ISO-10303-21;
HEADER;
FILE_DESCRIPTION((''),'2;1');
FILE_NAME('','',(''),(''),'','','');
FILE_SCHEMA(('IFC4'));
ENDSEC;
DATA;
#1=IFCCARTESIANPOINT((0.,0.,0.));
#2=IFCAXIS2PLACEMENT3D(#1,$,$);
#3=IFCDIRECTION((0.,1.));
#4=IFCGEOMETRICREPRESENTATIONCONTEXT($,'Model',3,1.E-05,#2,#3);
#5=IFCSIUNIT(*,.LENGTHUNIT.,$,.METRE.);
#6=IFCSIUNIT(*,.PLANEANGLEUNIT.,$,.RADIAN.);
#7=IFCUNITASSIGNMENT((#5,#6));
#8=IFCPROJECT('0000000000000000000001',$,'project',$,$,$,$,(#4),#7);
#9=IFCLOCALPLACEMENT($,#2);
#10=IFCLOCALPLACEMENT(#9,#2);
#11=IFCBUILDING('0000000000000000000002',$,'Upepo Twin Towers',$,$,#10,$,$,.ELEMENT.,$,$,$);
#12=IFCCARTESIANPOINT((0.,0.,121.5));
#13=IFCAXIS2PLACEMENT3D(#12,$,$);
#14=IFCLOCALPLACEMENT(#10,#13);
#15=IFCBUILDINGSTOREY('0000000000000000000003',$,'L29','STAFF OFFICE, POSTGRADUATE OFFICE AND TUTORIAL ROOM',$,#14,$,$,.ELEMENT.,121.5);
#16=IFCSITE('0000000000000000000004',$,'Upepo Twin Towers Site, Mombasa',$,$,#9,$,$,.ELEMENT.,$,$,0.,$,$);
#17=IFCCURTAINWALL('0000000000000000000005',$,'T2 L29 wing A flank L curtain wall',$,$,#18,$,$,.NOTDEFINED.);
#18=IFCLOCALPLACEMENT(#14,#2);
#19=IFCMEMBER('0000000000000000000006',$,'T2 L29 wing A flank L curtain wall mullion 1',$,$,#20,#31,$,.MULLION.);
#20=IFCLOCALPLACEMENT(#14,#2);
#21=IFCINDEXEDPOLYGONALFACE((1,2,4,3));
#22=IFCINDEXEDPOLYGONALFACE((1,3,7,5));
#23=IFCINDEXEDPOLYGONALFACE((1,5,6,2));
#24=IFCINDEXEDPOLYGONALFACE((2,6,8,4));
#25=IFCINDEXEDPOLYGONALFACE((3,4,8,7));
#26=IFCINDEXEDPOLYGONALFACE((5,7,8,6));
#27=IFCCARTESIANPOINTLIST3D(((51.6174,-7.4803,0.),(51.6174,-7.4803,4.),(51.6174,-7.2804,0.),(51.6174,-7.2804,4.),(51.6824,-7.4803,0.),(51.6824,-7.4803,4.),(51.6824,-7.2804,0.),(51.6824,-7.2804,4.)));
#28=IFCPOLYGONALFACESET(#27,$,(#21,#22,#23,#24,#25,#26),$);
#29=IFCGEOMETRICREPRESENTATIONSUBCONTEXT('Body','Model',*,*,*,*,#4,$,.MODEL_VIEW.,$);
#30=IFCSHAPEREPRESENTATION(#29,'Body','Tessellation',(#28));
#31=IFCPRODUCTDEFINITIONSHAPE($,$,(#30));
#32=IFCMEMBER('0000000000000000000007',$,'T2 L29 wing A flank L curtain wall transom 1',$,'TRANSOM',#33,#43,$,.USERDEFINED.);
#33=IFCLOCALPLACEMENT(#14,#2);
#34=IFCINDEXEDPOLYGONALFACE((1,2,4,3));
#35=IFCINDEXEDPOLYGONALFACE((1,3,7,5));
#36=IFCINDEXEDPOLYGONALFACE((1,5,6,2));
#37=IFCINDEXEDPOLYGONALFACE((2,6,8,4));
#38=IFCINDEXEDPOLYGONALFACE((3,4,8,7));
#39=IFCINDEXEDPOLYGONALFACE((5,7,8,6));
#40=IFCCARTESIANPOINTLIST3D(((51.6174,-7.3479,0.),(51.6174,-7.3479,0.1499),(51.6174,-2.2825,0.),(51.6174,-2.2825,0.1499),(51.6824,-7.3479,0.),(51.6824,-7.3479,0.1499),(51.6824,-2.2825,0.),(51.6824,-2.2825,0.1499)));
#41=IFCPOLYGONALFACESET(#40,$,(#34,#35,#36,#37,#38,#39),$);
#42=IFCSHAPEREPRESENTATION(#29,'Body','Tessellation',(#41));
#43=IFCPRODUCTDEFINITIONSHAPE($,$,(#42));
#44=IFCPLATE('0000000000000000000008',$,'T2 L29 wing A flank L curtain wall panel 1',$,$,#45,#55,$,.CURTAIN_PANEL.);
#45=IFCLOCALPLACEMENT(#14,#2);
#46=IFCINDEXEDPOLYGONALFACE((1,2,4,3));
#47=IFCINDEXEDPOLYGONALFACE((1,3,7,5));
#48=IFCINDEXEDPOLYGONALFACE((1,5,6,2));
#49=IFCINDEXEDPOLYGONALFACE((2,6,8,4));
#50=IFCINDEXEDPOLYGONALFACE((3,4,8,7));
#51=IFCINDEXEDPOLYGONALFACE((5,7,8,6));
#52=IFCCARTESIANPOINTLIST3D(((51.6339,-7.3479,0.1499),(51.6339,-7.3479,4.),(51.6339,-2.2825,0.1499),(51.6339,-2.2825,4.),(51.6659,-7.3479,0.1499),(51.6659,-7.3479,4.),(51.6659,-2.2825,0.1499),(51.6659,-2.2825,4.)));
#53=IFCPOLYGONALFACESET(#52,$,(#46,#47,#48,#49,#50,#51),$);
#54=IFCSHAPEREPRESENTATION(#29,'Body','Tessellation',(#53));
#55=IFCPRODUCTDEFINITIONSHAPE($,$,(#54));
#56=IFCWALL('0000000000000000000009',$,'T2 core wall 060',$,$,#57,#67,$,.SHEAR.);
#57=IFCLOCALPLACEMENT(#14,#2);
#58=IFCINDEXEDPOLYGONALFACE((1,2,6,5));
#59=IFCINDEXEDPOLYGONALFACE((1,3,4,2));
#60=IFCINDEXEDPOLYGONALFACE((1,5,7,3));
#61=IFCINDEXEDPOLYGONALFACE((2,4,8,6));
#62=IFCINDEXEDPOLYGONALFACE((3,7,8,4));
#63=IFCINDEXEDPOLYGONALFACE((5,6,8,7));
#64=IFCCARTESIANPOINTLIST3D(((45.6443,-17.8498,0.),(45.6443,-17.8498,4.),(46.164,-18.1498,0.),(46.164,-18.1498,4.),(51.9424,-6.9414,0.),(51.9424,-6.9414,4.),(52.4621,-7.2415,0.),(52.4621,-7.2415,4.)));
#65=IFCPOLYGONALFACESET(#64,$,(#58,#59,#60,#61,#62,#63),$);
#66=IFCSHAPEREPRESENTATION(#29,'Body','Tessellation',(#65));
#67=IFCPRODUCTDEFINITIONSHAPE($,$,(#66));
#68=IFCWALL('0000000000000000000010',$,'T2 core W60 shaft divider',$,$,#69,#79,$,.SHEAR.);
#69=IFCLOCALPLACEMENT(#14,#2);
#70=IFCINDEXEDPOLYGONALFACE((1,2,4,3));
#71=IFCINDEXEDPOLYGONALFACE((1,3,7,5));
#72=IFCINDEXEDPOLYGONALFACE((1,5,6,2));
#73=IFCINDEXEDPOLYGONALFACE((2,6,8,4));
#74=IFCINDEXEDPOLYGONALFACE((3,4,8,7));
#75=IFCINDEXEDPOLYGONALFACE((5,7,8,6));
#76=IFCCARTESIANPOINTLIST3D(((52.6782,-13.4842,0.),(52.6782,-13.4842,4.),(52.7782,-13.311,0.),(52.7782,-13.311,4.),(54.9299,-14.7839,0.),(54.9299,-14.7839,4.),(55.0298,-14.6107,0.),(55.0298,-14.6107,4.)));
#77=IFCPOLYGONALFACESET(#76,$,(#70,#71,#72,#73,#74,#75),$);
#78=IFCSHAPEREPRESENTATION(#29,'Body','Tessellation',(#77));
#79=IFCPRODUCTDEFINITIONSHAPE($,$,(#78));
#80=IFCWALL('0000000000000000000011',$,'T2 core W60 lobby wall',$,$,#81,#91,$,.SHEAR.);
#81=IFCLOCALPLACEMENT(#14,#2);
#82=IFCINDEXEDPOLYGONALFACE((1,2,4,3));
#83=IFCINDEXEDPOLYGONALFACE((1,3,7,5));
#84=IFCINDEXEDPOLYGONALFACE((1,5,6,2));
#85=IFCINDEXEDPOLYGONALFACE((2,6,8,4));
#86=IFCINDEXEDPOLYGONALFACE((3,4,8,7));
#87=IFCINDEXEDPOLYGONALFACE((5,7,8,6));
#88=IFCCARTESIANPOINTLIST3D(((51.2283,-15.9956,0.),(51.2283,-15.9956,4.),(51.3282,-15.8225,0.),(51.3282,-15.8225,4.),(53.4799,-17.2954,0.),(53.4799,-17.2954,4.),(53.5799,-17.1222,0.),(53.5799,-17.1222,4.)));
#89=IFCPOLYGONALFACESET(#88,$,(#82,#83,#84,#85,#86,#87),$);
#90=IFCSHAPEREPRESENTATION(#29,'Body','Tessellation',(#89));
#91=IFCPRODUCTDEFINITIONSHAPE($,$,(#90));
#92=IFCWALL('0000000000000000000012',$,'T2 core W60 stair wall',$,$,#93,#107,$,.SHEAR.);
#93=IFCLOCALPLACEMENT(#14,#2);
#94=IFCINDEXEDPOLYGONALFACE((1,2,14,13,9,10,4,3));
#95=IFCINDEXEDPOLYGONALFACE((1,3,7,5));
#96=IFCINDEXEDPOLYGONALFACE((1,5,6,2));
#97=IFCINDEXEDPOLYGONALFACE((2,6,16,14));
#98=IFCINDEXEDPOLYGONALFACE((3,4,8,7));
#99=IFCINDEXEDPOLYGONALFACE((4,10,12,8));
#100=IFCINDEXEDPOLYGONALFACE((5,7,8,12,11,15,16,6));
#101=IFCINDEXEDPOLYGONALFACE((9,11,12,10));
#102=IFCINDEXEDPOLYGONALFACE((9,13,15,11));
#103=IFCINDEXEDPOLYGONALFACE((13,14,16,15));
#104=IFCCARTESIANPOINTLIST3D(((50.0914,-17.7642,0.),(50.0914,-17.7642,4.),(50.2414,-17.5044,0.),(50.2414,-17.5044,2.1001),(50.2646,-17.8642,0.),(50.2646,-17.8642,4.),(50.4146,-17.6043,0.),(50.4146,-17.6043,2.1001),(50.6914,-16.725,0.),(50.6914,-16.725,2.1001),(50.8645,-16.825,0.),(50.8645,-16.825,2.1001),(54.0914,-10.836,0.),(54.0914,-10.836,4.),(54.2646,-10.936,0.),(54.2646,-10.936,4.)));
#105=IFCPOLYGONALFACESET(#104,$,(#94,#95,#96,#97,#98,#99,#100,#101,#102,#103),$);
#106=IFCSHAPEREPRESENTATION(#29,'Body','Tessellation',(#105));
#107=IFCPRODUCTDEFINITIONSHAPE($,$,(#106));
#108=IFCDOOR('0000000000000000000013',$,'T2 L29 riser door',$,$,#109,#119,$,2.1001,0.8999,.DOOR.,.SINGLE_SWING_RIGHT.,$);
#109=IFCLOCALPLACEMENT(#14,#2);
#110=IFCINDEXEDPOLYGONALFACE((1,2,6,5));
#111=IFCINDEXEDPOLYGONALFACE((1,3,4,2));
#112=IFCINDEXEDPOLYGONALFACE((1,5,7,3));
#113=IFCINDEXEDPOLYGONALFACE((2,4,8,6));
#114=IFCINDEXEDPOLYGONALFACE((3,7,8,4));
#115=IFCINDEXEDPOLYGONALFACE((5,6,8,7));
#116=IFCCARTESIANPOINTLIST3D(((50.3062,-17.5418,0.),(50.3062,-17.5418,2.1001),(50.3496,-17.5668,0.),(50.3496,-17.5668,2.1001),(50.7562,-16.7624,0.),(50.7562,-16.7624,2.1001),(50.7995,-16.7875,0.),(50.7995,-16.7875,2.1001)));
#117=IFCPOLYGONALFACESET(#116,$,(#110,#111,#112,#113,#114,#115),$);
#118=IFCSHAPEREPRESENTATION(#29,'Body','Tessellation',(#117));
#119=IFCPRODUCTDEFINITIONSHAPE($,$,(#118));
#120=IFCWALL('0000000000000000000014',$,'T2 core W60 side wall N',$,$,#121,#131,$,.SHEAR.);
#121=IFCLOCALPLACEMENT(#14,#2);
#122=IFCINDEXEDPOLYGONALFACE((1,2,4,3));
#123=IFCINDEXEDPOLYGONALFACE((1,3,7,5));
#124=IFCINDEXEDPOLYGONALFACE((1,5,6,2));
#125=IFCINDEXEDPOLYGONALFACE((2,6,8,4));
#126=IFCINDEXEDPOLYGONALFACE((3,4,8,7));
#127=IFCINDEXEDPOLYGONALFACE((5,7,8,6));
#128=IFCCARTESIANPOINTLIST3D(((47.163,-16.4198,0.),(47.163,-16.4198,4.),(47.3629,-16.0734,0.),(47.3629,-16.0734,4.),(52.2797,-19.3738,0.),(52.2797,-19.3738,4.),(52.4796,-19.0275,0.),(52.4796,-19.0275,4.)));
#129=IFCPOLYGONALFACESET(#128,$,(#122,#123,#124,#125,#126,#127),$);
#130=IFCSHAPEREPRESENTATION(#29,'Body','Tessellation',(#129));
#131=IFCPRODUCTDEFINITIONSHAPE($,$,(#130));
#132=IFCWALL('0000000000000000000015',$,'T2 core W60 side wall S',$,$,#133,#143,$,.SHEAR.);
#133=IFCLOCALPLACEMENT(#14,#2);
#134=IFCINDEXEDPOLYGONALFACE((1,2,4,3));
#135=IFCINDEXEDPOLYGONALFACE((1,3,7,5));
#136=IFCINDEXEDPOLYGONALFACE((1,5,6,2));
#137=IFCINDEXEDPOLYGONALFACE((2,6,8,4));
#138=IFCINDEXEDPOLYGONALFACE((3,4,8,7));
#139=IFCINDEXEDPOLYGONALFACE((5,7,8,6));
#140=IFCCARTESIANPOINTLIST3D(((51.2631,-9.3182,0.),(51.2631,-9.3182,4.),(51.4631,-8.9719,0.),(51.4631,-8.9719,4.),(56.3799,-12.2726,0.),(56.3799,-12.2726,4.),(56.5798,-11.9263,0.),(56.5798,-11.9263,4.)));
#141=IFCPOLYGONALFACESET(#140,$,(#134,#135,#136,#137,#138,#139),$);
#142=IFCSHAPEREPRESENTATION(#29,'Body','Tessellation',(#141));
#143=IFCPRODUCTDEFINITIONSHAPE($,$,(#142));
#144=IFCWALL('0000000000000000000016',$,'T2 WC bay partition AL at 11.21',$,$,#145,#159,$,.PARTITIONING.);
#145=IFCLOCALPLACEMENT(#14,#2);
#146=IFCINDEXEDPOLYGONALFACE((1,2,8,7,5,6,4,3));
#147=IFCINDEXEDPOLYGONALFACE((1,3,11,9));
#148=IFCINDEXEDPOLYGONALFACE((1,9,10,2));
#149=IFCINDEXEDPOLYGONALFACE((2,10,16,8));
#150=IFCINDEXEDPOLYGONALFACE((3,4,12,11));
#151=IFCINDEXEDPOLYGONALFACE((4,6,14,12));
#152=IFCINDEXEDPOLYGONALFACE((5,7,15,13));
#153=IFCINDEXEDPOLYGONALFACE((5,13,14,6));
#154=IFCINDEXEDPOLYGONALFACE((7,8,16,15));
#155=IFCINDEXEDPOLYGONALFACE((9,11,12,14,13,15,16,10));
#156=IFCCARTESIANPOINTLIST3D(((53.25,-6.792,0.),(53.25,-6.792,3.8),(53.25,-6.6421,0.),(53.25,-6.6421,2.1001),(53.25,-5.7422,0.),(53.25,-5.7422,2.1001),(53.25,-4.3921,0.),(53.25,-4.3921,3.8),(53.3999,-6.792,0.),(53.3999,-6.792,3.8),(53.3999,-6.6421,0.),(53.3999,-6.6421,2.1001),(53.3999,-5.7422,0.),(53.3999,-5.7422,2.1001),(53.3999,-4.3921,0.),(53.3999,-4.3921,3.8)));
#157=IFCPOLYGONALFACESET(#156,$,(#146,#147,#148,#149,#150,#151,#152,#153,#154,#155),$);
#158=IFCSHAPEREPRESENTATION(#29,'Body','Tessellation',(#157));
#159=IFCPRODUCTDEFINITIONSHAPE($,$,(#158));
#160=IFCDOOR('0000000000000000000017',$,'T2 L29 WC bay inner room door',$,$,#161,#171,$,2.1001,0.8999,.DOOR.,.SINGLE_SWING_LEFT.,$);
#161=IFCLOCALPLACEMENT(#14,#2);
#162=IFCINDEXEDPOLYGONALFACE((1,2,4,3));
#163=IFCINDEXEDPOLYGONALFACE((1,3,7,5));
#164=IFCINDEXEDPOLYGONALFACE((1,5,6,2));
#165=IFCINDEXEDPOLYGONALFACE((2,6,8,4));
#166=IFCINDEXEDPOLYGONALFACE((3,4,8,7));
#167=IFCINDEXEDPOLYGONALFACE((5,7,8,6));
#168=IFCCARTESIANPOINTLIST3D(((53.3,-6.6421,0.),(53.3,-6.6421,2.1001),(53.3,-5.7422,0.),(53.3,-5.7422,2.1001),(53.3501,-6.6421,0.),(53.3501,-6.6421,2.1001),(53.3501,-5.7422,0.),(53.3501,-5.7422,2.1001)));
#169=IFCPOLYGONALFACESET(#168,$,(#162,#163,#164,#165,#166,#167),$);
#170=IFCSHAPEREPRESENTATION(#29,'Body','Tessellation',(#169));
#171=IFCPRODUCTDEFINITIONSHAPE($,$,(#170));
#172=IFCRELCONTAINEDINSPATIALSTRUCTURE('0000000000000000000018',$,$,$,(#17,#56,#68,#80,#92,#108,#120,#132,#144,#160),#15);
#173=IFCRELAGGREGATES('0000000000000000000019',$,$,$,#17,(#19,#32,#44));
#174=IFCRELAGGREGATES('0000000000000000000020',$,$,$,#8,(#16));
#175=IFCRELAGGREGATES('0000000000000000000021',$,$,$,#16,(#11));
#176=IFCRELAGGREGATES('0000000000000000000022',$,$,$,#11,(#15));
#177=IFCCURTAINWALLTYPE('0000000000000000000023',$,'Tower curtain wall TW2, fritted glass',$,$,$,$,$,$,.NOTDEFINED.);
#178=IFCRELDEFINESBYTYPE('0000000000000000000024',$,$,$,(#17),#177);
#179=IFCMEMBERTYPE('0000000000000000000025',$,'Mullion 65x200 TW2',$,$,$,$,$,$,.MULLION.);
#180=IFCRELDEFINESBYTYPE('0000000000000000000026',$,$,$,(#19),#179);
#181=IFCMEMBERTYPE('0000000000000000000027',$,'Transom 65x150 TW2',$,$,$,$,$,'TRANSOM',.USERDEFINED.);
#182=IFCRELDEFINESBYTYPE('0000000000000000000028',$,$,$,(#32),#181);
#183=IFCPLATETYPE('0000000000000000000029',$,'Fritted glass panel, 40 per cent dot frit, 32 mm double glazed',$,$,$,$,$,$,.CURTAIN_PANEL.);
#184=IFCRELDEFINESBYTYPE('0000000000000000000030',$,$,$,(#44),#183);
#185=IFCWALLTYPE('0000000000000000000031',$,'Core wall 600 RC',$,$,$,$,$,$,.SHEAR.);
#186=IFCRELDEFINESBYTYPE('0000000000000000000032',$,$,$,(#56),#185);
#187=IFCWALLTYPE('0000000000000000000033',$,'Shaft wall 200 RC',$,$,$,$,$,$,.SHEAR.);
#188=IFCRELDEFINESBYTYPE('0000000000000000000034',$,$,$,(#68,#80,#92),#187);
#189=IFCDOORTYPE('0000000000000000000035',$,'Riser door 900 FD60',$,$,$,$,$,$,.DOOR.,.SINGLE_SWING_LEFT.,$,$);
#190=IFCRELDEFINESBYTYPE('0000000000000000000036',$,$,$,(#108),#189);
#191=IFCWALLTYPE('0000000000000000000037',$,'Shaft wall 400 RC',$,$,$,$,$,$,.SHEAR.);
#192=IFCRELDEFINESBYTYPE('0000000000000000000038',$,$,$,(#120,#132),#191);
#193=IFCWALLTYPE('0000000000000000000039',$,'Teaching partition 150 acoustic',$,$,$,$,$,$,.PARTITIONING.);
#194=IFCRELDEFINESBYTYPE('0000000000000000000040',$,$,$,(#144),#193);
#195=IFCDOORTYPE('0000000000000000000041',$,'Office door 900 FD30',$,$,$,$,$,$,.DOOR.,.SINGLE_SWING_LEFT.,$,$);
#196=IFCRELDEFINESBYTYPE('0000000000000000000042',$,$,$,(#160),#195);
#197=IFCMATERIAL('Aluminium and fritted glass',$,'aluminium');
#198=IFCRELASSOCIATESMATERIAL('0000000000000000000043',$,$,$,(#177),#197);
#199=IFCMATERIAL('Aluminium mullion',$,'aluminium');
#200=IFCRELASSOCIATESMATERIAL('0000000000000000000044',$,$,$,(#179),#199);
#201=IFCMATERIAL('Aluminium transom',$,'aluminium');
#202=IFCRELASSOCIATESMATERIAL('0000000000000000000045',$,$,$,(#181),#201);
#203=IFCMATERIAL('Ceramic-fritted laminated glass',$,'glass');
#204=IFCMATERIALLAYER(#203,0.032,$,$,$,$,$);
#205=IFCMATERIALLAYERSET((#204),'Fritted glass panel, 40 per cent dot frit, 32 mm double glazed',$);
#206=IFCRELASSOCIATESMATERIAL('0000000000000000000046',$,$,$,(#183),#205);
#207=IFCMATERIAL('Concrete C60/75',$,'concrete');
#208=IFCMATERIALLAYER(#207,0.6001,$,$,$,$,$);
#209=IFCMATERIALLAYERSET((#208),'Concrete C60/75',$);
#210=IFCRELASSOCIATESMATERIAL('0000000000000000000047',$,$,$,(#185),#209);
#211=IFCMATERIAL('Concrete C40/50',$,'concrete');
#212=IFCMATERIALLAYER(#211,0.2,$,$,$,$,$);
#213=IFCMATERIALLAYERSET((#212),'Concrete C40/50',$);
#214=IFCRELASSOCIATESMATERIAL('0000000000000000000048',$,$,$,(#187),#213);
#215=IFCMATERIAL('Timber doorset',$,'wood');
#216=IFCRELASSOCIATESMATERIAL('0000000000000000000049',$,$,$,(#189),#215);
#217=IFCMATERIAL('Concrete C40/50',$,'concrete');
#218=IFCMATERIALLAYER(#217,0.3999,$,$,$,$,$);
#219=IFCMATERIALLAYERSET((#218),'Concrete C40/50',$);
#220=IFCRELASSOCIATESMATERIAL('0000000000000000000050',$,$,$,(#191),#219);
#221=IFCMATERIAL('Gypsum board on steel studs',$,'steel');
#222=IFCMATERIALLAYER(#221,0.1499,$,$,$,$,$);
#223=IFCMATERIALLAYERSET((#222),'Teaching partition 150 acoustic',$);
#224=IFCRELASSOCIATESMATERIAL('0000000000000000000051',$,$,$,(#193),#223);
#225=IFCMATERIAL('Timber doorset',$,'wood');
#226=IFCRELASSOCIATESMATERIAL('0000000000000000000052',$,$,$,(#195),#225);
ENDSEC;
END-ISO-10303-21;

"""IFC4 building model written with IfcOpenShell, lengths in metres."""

from ifc_helpers import new_model, si_unit, direction, frame, frame_2d, origin, origin_2d, place, context, subcontext, project, spatial, rectangle, extrude, material, layer, layer_set, material_profile, profile_set, type_object, element, fill, aggregate, save


model = new_model("IFC4")

# Units and contexts
model_context = context("Model", 3, precision=1e-05, world=origin(), true_north=direction((0.0, 1.0)))
body_context = subcontext(model_context, "Body", "Model", "MODEL_VIEW")
ifc_project = project(units=[si_unit("LENGTHUNIT", "METRE"), si_unit("PLANEANGLEUNIT", "RADIAN")], contexts=[model_context])

# Site, building, storey
site_placement = place(None, origin())
site = spatial("IfcSite", under=ifc_project, at=site_placement, Name="Upepo Twin Towers Site, Mombasa", CompositionType="ELEMENT", RefElevation=0.0)
building_placement = place(site_placement, origin())
building = spatial("IfcBuilding", under=site, at=building_placement, Name="Upepo Twin Towers", CompositionType="ELEMENT")
storey_placement = place(building_placement, frame((0.0, 0.0, 121.5)))
storey = spatial("IfcBuildingStorey", under=building, at=storey_placement, Name="L29", Description="STAFF OFFICE, POSTGRADUATE OFFICE AND TUTORIAL ROOM", CompositionType="ELEMENT", Elevation=121.5)

# Curtain wall, members, plate
ifc_material_1 = material(Name="Aluminium and fritted glass", Category="aluminium")
curtain_wall_type = type_object("IfcCurtainWallType", Name="Tower curtain wall TW2, fritted glass", PredefinedType="NOTDEFINED", material=ifc_material_1)
curtain_wall_placement = place(storey_placement, origin())
curtain_wall = element("IfcCurtainWall", 1, at=curtain_wall_placement, inside=storey, type_object=curtain_wall_type, Name="T2 L29 wing A flank L curtain wall", PredefinedType="NOTDEFINED")
ifc_material_2 = material(Name="Aluminium mullion", Category="aluminium")
ifc_material_profile_1 = material_profile(ifc_material_2, rectangle(XDim=0.0649, YDim=0.2, at=origin_2d()), Name="MULLION 65x200")
ifc_profile_set_1 = profile_set([ifc_material_profile_1], Name="Aluminium mullion")
member_type_1 = type_object("IfcMemberType", Name="Mullion 65x200 TW2", PredefinedType="MULLION", material=ifc_profile_set_1)
member_1_placement = place(storey_placement, frame((51.6499, -7.3804, 0.0), z_axis=(0.0, 0.0, 1.0), x_axis=(-1.0, 0.0, 0.0)))
member_1 = element("IfcMember", 2, at=member_1_placement, type_object=member_type_1, Name="T2 L29 wing A flank L curtain wall mullion 1", PredefinedType="MULLION", context=body_context, shape_type="SweptSolid", body=[
    extrude(rectangle(XDim=0.0649, YDim=0.2, at=origin_2d()), origin(), (0.0, 0.0, 1.0), 4.0),
])
ifc_material_3 = material(Name="Aluminium transom", Category="aluminium")
ifc_material_profile_2 = material_profile(ifc_material_3, rectangle(XDim=0.0649, YDim=0.1499, at=origin_2d()), Name="TRANSOM 65x150")
ifc_profile_set_2 = profile_set([ifc_material_profile_2], Name="Aluminium transom")
member_type_2 = type_object("IfcMemberType", Name="Transom 65x150 TW2", ElementType="TRANSOM", PredefinedType="USERDEFINED", material=ifc_profile_set_2)
member_2_placement = place(storey_placement, frame((51.6499, -7.3479, 0.075), z_axis=(0.0, 1.0, 0.0), x_axis=(-1.0, 0.0, 0.0)))
member_2 = element("IfcMember", 3, at=member_2_placement, type_object=member_type_2, Name="T2 L29 wing A flank L curtain wall transom 1", ObjectType="TRANSOM", PredefinedType="USERDEFINED", context=body_context, shape_type="SweptSolid", body=[
    extrude(rectangle(XDim=0.0649, YDim=0.1499, at=origin_2d()), origin(), (0.0, 0.0, 1.0), 5.0654),
])
ifc_material_4 = material(Name="Ceramic-fritted laminated glass", Category="glass")
ifc_layer_1 = layer(ifc_material_4, 0.032)
ifc_layer_set_1 = layer_set([ifc_layer_1], Name="Fritted glass panel, 40 per cent dot frit, 32 mm double glazed")
plate_type = type_object("IfcPlateType", Name="Fritted glass panel, 40 per cent dot frit, 32 mm double glazed", PredefinedType="CURTAIN_PANEL", material=ifc_layer_set_1)
plate_placement = place(storey_placement, frame((51.6499, -4.8152, 0.1499), z_axis=(0.0, 0.0, 1.0), x_axis=(0.0, 1.0, 0.0)))
plate = element("IfcPlate", 4, at=plate_placement, type_object=plate_type, Name="T2 L29 wing A flank L curtain wall panel 1", PredefinedType="CURTAIN_PANEL", context=body_context, shape_type="SweptSolid", body=[
    extrude(rectangle(XDim=5.0654, YDim=0.032, at=origin_2d()), origin(), (0.0, 0.0, 1.0), 3.8501),
])
aggregate(curtain_wall, [member_1, member_2, plate])

# Walls
ifc_material_5 = material(Name="Concrete C60/75", Category="concrete")
ifc_layer_2 = layer(ifc_material_5, 0.6001)
ifc_layer_set_2 = layer_set([ifc_layer_2], Name="Concrete C60/75")
wall_type_1 = type_object("IfcWallType", Name="Core wall 600 RC", PredefinedType="SHEAR", material=ifc_layer_set_2)
wall_1_placement = place(storey_placement, frame((52.2021, -7.0916, 0.0), z_axis=(0.0, 0.0, 1.0), x_axis=(-0.500006, -0.866022, 0.0)))
element("IfcWall", 5, at=wall_1_placement, inside=storey, type_object=wall_type_1, Name="T2 core wall 060", PredefinedType="SHEAR", context=body_context, shape_type="SweptSolid", body=[
    extrude(rectangle(XDim=12.5959, YDim=0.6001, at=frame_2d((6.2979, 0.0))), origin(), (0.0, 0.0, 1.0), 4.0),
])
ifc_material_6 = material(Name="Concrete C40/50", Category="concrete")
ifc_layer_3 = layer(ifc_material_6, 0.2)
ifc_layer_set_3 = layer_set([ifc_layer_3], Name="Concrete C40/50")
wall_type_2 = type_object("IfcWallType", Name="Shaft wall 200 RC", PredefinedType="SHEAR", material=ifc_layer_set_3)
for number, where, z_axis, x_axis, name in (
    (6, (54.9797, -14.6973, 0.0), (0.0, 0.0, 1.0), (-0.866062, 0.499937, 0.0), "T2 core W60 shaft divider"),
    (7, (53.5298, -17.2087, 0.0), (0.0, 0.0, 1.0), (-0.866062, 0.499937, 0.0), "T2 core W60 lobby wall"),
):
    element("IfcWall", number, at=place(storey_placement, frame(where, z_axis=z_axis, x_axis=x_axis)), inside=storey, type_object=wall_type_2, Name=name, PredefinedType="SHEAR", context=body_context, shape_type="SweptSolid", body=[
        extrude(rectangle(XDim=2.5999, YDim=0.2, at=frame_2d((1.2998, 0.0))), origin(), (0.0, 0.0, 1.0), 4.0),
    ])

# Wall, opening, door
wall_2_placement = place(storey_placement, frame((54.178, -10.886, 0.0), z_axis=(0.0, 0.0, 1.0), x_axis=(-0.499999, -0.866026, 0.0)))
wall_2 = element("IfcWall", 8, at=wall_2_placement, inside=storey, type_object=wall_type_2, Name="T2 core W60 stair wall", PredefinedType="SHEAR", context=body_context, shape_type="SweptSolid", body=[
    extrude(rectangle(XDim=8.0, YDim=0.2, at=frame_2d((4.0, 0.0))), origin(), (0.0, 0.0, 1.0), 4.0),
])
opening_1_placement = place(wall_2_placement, frame((6.8, 0.0, 0.0)))
opening_1 = element("IfcOpeningElement", 9, at=opening_1_placement, cuts=wall_2, PredefinedType="OPENING", context=body_context, shape_type="SweptSolid", body=[
    extrude(rectangle(XDim=0.8999, YDim=2.1001, at=frame_2d((0.45, 1.05))), frame((0.0, 0.1099, 0.0), z_axis=(0.0, -1.0, 0.0), x_axis=(1.0, 0.0, 0.0)), (0.0, 0.0, 1.0), 0.22),
])
ifc_material_7 = material(Name="Timber doorset", Category="wood")
door_type_1 = type_object("IfcDoorType", Name="Riser door 900 FD60", OperationType="SINGLE_SWING_LEFT", PredefinedType="DOOR", material=ifc_material_7)
door_1_placement = place(opening_1_placement, origin())
door_1 = element("IfcDoor", 10, at=door_1_placement, inside=storey, type_object=door_type_1, Name="T2 L29 riser door", OperationType="SINGLE_SWING_RIGHT", OverallHeight=2.1001, OverallWidth=0.8999, PredefinedType="DOOR", context=body_context, shape_type="SweptSolid", body=[
    extrude(rectangle(XDim=0.8999, YDim=2.1001, at=frame_2d((0.45, 1.05))), frame((0.0, 0.0249, 0.0), z_axis=(0.0, -1.0, 0.0), x_axis=(1.0, 0.0, 0.0)), (0.0, 0.0, 1.0), 0.05),
])
fill(opening_1, door_1)

# Walls
ifc_material_8 = material(Name="Concrete C40/50", Category="concrete")
ifc_layer_4 = layer(ifc_material_8, 0.3999)
ifc_layer_set_4 = layer_set([ifc_layer_4], Name="Concrete C40/50")
wall_type_3 = type_object("IfcWallType", Name="Shaft wall 400 RC", PredefinedType="SHEAR", material=ifc_layer_set_4)
wall_3_placement = place(storey_placement, frame((52.3796, -19.2007, 0.0), z_axis=(0.0, 0.0, 1.0), x_axis=(-0.866027, 0.499997, 0.0)))
element("IfcWall", 11, at=wall_3_placement, inside=storey, type_object=wall_type_3, Name="T2 core W60 side wall N", PredefinedType="SHEAR", context=body_context, shape_type="SweptSolid", body=[
    extrude(rectangle(XDim=5.9082, YDim=0.3999, at=frame_2d((2.9541, 0.0))), origin(), (0.0, 0.0, 1.0), 4.0),
])
wall_4_placement = place(storey_placement, frame((56.4797, -12.0994, 0.0), z_axis=(0.0, 0.0, 1.0), x_axis=(-0.866009, 0.500028, 0.0)))
element("IfcWall", 12, at=wall_4_placement, inside=storey, type_object=wall_type_3, Name="T2 core W60 side wall S", PredefinedType="SHEAR", context=body_context, shape_type="SweptSolid", body=[
    extrude(rectangle(XDim=5.9084, YDim=0.3999, at=frame_2d((2.9541, 0.0))), origin(), (0.0, 0.0, 1.0), 4.0),
])

# Wall, opening, door
ifc_material_9 = material(Name="Gypsum board on steel studs", Category="steel")
ifc_layer_5 = layer(ifc_material_9, 0.1499)
ifc_layer_set_5 = layer_set([ifc_layer_5], Name="Teaching partition 150 acoustic")
wall_type_4 = type_object("IfcWallType", Name="Teaching partition 150 acoustic", PredefinedType="PARTITIONING", material=ifc_layer_set_5)
wall_5_placement = place(storey_placement, frame((53.325, -6.792, 0.0), z_axis=(0.0, 0.0, 1.0), x_axis=(0.0, 1.0, 0.0)))
wall_5 = element("IfcWall", 13, at=wall_5_placement, inside=storey, type_object=wall_type_4, Name="T2 WC bay partition AL at 11.21", PredefinedType="PARTITIONING", context=body_context, shape_type="SweptSolid", body=[
    extrude(rectangle(XDim=2.3999, YDim=0.1499, at=frame_2d((1.2, 0.0))), origin(), (0.0, 0.0, 1.0), 3.8),
])
opening_2_placement = place(wall_5_placement, frame((0.1499, 0.0, 0.0)))
opening_2 = element("IfcOpeningElement", 14, at=opening_2_placement, cuts=wall_5, PredefinedType="OPENING", context=body_context, shape_type="SweptSolid", body=[
    extrude(rectangle(XDim=0.8999, YDim=2.1001, at=frame_2d((0.45, 1.05))), frame((0.0, 0.085, 0.0), z_axis=(0.0, -1.0, 0.0), x_axis=(1.0, 0.0, 0.0)), (0.0, 0.0, 1.0), 0.1699),
])
ifc_material_10 = material(Name="Timber doorset", Category="wood")
door_type_2 = type_object("IfcDoorType", Name="Office door 900 FD30", OperationType="SINGLE_SWING_LEFT", PredefinedType="DOOR", material=ifc_material_10)
door_2_placement = place(opening_2_placement, origin())
door_2 = element("IfcDoor", 15, at=door_2_placement, inside=storey, type_object=door_type_2, Name="T2 L29 WC bay inner room door", OperationType="SINGLE_SWING_LEFT", OverallHeight=2.1001, OverallWidth=0.8999, PredefinedType="DOOR", context=body_context, shape_type="SweptSolid", body=[
    extrude(rectangle(XDim=0.8999, YDim=2.1001, at=frame_2d((0.45, 1.05))), frame((0.0, 0.0249, 0.0), z_axis=(0.0, -1.0, 0.0), x_axis=(1.0, 0.0, 0.0)), (0.0, 0.0, 1.0), 0.05),
])
fill(opening_2, door_2)

save(model, "model.ifc")
